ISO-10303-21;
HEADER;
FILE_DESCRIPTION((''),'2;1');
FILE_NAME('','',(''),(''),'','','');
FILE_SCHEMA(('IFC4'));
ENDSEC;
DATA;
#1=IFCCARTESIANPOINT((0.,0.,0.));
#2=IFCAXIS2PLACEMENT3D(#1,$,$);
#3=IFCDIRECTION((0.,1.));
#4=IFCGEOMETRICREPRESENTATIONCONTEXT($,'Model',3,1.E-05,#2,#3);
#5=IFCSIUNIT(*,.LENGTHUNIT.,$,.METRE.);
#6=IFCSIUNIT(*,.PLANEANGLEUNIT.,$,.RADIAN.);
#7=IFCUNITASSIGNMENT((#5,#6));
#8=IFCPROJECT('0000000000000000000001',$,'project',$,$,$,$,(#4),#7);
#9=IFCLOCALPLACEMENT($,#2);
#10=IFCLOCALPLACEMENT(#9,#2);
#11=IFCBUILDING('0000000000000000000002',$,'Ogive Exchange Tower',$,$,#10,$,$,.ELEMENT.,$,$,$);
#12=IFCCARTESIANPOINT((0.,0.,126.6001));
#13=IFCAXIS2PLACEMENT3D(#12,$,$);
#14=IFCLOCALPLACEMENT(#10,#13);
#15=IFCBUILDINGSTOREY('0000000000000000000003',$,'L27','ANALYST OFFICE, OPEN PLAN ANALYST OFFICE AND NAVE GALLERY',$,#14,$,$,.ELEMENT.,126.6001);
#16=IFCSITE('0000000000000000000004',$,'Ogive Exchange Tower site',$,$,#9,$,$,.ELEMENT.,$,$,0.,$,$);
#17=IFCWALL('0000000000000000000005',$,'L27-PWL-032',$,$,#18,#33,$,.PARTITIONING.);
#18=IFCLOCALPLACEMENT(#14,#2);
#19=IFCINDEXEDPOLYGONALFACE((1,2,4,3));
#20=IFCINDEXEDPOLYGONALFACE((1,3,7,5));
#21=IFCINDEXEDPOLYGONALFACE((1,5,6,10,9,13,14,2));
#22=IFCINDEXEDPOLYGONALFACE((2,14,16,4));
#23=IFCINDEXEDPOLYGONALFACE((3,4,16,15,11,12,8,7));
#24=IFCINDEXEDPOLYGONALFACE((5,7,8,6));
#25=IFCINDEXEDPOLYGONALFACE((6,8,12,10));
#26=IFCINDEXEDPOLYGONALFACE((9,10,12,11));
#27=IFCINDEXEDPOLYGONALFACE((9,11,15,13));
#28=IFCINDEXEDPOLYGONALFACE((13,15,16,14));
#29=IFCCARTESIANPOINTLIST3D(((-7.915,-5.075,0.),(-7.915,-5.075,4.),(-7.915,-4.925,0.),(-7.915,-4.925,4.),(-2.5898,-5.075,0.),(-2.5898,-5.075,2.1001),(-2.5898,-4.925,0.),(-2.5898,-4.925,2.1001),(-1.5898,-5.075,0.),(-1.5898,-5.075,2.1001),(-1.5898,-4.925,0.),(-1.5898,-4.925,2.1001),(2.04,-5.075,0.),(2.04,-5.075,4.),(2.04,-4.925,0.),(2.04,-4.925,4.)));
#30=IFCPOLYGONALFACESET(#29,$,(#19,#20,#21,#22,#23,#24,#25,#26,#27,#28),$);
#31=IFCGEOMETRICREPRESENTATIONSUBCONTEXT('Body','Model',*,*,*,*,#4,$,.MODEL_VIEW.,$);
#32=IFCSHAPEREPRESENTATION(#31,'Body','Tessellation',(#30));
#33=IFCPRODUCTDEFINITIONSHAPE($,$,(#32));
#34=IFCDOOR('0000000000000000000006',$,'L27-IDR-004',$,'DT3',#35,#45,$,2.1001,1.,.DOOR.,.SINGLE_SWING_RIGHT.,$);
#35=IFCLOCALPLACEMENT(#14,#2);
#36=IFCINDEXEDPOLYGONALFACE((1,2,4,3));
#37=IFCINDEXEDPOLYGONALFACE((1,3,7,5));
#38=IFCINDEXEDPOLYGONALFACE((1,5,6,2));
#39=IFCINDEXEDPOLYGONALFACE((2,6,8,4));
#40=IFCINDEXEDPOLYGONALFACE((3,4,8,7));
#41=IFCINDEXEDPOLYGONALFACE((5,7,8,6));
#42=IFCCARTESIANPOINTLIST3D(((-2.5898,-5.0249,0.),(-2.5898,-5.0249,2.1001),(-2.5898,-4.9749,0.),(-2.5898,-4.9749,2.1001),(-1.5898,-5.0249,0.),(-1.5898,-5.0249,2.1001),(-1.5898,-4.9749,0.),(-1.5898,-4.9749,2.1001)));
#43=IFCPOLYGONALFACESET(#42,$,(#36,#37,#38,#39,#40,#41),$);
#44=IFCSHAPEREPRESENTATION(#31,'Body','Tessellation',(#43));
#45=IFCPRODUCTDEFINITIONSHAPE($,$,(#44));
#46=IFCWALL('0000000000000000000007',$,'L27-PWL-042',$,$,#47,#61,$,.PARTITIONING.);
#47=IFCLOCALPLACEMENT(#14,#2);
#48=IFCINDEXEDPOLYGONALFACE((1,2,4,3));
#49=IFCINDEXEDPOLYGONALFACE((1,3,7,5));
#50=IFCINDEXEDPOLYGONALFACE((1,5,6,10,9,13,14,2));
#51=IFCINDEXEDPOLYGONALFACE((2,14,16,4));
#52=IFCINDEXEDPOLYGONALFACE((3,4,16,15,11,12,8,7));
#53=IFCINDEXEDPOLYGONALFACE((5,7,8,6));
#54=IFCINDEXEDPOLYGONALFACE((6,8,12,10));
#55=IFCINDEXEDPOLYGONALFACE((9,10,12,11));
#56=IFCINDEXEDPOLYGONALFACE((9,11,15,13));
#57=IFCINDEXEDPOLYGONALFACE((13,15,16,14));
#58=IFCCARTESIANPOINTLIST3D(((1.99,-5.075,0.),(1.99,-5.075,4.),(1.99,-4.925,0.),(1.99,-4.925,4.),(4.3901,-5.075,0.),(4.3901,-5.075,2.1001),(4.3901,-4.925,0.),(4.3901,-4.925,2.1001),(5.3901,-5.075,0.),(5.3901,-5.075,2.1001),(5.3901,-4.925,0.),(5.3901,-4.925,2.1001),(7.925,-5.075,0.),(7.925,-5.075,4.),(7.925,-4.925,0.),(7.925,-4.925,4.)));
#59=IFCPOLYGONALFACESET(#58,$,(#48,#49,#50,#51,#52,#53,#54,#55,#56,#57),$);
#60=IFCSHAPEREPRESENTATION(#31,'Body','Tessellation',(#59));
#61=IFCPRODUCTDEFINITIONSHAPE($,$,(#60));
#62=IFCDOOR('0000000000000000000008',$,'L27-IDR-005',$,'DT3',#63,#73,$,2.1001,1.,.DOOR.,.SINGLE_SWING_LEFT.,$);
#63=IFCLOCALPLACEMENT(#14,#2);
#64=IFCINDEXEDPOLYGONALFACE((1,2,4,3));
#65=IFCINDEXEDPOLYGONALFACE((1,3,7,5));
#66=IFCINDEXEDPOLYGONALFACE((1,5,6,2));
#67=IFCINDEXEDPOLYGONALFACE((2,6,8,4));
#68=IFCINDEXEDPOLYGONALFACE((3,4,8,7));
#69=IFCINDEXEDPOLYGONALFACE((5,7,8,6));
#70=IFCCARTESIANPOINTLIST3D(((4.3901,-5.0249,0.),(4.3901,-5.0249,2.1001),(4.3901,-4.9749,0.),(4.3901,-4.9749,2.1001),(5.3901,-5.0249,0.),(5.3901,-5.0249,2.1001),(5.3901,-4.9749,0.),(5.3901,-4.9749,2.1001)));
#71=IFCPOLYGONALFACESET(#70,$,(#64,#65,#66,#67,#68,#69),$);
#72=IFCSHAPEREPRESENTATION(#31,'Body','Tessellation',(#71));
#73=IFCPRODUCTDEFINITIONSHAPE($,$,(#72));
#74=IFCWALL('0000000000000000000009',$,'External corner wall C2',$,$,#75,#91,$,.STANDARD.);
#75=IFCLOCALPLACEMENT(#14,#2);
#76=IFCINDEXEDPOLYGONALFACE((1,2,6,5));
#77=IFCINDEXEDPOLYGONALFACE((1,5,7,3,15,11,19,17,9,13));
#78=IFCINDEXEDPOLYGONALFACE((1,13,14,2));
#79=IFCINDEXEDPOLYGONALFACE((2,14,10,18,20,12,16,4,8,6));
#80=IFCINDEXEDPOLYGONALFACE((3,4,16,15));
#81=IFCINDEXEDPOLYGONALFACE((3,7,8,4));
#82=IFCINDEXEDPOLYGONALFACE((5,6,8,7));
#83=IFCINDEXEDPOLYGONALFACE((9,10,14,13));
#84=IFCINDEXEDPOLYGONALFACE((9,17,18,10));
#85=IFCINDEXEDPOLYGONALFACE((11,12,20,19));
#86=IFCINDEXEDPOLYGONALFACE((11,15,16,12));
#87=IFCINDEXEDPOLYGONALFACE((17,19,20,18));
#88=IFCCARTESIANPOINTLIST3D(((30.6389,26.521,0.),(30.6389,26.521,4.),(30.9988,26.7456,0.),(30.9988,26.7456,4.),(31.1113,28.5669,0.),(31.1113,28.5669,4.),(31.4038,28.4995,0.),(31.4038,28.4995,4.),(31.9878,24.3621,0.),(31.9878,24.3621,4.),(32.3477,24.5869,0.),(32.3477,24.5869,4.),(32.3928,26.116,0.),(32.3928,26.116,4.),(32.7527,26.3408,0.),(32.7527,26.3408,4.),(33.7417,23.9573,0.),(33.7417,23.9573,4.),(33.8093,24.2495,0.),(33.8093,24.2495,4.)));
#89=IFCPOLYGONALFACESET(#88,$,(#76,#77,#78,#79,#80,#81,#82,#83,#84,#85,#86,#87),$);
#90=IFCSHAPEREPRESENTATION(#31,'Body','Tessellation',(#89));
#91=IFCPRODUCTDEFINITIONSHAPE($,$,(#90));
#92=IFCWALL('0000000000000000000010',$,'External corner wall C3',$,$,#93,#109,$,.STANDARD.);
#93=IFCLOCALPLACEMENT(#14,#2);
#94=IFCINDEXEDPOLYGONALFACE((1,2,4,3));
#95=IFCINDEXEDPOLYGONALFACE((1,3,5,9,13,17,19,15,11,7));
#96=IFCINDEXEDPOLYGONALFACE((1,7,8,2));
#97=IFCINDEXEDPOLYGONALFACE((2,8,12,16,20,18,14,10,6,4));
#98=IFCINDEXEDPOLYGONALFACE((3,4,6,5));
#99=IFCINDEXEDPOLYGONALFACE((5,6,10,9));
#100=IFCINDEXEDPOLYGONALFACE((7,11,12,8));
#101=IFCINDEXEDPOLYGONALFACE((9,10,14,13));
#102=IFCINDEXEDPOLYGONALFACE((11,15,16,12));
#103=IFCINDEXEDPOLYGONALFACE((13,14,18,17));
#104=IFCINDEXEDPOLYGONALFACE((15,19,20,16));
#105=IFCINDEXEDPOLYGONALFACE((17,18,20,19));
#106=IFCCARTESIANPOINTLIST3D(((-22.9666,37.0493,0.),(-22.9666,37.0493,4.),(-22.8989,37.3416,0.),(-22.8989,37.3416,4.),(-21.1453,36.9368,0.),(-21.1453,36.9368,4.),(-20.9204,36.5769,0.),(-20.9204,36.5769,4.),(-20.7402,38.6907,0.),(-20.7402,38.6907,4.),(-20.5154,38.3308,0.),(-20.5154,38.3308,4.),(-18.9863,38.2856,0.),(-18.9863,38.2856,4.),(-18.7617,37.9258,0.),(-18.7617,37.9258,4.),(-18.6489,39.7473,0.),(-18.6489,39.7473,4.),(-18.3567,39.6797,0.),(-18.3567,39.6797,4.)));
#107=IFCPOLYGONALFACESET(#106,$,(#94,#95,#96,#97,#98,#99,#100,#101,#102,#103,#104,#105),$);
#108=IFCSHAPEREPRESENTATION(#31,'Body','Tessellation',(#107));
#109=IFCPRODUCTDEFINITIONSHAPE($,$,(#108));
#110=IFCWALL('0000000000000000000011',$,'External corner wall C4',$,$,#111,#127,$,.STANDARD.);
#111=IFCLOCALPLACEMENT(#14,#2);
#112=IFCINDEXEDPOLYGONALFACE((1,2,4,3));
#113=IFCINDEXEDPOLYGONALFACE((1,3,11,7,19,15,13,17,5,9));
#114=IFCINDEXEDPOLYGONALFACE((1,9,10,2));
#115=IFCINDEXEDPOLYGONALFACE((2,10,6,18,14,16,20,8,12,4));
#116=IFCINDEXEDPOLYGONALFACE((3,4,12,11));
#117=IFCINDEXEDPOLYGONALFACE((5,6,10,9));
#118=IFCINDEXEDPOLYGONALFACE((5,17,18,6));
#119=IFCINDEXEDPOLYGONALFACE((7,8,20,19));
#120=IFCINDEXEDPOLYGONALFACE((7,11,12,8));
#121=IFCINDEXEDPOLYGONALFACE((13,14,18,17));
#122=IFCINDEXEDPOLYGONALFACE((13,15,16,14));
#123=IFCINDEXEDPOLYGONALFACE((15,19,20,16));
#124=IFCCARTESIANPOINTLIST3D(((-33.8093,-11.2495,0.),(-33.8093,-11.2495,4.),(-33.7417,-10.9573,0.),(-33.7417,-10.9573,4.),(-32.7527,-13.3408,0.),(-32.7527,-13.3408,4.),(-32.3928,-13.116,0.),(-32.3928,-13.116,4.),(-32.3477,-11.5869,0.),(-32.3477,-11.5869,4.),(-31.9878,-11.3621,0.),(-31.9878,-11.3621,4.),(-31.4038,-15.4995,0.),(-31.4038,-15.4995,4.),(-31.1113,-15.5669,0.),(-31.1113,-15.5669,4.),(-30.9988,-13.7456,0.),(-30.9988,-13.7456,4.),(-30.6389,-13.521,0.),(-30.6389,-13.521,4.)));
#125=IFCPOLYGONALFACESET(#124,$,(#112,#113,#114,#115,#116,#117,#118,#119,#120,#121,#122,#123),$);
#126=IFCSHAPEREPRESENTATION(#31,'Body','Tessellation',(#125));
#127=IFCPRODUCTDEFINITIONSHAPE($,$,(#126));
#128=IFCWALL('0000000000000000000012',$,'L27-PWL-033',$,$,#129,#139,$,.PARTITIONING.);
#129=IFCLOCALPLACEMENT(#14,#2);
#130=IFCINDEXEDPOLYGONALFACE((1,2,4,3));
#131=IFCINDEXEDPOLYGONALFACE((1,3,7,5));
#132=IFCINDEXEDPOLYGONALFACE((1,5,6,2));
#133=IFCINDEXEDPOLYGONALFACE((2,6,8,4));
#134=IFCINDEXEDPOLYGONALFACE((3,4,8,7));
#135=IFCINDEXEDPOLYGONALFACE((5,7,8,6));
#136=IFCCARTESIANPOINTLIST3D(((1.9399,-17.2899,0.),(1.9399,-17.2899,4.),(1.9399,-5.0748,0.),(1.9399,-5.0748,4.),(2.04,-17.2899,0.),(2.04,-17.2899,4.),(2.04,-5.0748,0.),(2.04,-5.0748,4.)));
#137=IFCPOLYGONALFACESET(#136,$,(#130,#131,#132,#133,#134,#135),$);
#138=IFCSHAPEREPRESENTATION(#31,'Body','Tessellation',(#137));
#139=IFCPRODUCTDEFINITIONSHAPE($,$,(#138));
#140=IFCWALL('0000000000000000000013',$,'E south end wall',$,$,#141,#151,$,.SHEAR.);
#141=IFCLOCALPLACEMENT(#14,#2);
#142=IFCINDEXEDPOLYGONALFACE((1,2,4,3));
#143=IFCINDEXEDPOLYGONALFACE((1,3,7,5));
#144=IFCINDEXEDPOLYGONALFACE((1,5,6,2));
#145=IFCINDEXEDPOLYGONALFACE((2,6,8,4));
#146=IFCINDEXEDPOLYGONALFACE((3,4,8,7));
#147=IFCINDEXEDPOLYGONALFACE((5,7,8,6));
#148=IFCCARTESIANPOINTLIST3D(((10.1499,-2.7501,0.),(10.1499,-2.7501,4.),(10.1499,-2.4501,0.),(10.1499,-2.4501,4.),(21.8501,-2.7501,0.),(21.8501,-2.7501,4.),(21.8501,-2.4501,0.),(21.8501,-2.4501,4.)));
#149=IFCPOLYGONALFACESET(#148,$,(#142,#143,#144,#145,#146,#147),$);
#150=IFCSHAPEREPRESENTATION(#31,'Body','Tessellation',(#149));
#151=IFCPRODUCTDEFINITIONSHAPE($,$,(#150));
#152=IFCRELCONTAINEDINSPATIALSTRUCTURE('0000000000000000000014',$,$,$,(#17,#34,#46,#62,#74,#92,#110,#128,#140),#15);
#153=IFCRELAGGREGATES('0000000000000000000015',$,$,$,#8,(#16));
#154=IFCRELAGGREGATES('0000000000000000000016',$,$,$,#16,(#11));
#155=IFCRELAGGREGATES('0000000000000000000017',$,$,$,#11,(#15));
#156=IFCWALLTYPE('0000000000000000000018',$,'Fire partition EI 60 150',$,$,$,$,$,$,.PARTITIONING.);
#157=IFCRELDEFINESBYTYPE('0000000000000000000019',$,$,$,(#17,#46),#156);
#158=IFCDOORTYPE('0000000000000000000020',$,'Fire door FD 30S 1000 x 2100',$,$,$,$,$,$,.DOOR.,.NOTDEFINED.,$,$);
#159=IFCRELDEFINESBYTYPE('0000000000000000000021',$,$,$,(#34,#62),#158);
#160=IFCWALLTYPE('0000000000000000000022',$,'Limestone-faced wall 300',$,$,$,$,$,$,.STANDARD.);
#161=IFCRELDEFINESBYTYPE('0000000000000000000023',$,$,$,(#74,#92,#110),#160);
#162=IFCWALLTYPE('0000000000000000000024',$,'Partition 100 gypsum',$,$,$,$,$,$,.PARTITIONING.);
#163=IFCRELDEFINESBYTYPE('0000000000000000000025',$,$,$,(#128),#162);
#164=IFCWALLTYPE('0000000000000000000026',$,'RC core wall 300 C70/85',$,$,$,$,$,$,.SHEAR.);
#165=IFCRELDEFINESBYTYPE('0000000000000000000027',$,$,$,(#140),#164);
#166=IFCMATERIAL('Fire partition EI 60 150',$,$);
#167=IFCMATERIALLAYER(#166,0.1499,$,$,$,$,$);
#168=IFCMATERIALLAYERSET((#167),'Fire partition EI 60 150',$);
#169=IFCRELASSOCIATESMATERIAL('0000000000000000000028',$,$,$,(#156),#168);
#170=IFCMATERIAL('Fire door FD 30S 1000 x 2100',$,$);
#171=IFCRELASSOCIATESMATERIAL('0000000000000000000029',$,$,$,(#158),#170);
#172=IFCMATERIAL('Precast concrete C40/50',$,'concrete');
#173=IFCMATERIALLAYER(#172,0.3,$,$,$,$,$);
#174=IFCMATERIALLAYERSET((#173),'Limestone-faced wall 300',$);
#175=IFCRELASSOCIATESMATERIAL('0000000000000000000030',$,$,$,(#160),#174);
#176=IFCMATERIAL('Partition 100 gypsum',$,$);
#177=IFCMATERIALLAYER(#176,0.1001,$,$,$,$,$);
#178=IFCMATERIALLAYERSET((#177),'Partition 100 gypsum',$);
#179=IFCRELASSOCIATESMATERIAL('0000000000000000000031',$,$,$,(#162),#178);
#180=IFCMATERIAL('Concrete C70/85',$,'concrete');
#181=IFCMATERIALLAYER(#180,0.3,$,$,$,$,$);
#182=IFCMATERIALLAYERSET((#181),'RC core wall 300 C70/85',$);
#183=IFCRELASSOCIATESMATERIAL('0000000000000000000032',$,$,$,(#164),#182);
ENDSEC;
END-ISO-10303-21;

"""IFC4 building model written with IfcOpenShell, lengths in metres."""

from ifc_helpers import new_model, si_unit, direction, frame, frame_2d, origin, place, context, subcontext, project, spatial, polyline, rectangle, outline, extrude, material, layer, layer_set, type_object, element, fill, save


model = new_model("IFC4")

# Units and contexts
model_context = context("Model", 3, precision=1e-05, world=origin(), true_north=direction((0.0, 1.0)))
body_context = subcontext(model_context, "Body", "Model", "MODEL_VIEW")
ifc_project = project(units=[si_unit("LENGTHUNIT", "METRE"), si_unit("PLANEANGLEUNIT", "RADIAN")], contexts=[model_context])

# Site, building, storey
site_placement = place(None, origin())
site = spatial("IfcSite", under=ifc_project, at=site_placement, Name="Ogive Exchange Tower site", CompositionType="ELEMENT", RefElevation=0.0)
building_placement = place(site_placement, origin())
building = spatial("IfcBuilding", under=site, at=building_placement, Name="Ogive Exchange Tower", CompositionType="ELEMENT")
storey_placement = place(building_placement, frame((0.0, 0.0, 126.6001)))
storey = spatial("IfcBuildingStorey", under=building, at=storey_placement, Name="L27", Description="ANALYST OFFICE, OPEN PLAN ANALYST OFFICE AND NAVE GALLERY", CompositionType="ELEMENT", Elevation=126.6001)

# Shared definitions
ifc_material_1 = material(Name="Concrete C70/85", Category="concrete")

# Walls, openings, doors
ifc_material_2 = material(Name="Fire partition EI 60 150")
ifc_layer_1 = layer(ifc_material_2, 0.1499)
ifc_layer_set_1 = layer_set([ifc_layer_1], Name="Fire partition EI 60 150")
wall_type_1 = type_object("IfcWallType", Name="Fire partition EI 60 150", PredefinedType="PARTITIONING", material=ifc_layer_set_1)
wall_1_placement = place(storey_placement, frame((2.04, -5.0, 0.0), z_axis=(0.0, 0.0, 1.0), x_axis=(-1.0, 0.0, 0.0)))
wall_1 = element("IfcWall", 1, at=wall_1_placement, inside=storey, type_object=wall_type_1, Name="L27-PWL-032", PredefinedType="PARTITIONING", context=body_context, shape_type="SweptSolid", body=[
    extrude(rectangle(XDim=9.9551, YDim=0.1499, at=frame_2d((4.9775, 0.0))), origin(), (0.0, 0.0, 1.0), 4.0),
])
opening_1_placement = place(wall_1_placement, frame((3.6299, 0.0, 0.0)))
opening_1 = element("IfcOpeningElement", 2, at=opening_1_placement, cuts=wall_1, PredefinedType="OPENING", context=body_context, shape_type="SweptSolid", body=[
    extrude(rectangle(XDim=1.0, YDim=2.1001, at=frame_2d((0.5, 1.05))), frame((0.0, 0.085, 0.0), z_axis=(0.0, -1.0, 0.0), x_axis=(1.0, 0.0, 0.0)), (0.0, 0.0, 1.0), 0.1699),
])
ifc_material_3 = material(Name="Fire door FD 30S 1000 x 2100")
door_type_1 = type_object("IfcDoorType", Name="Fire door FD 30S 1000 x 2100", OperationType="NOTDEFINED", PredefinedType="DOOR", material=ifc_material_3)
door_1_placement = place(opening_1_placement, origin())
door_1 = element("IfcDoor", 3, at=door_1_placement, inside=storey, type_object=door_type_1, Name="L27-IDR-004", ObjectType="DT3", OperationType="SINGLE_SWING_RIGHT", OverallHeight=2.1001, OverallWidth=1.0, PredefinedType="DOOR", context=body_context, shape_type="SweptSolid", body=[
    extrude(rectangle(XDim=1.0, YDim=2.1001, at=frame_2d((0.5, 1.05))), frame((0.0, 0.0249, 0.0), z_axis=(0.0, -1.0, 0.0), x_axis=(1.0, 0.0, 0.0)), (0.0, 0.0, 1.0), 0.05),
])
fill(opening_1, door_1)
wall_2_placement = place(storey_placement, frame((7.925, -5.0, 0.0), z_axis=(0.0, 0.0, 1.0), x_axis=(-1.0, 0.0, 0.0)))
wall_2 = element("IfcWall", 4, at=wall_2_placement, inside=storey, type_object=wall_type_1, Name="L27-PWL-042", PredefinedType="PARTITIONING", context=body_context, shape_type="SweptSolid", body=[
    extrude(rectangle(XDim=5.9351, YDim=0.1499, at=frame_2d((2.9675, 0.0))), origin(), (0.0, 0.0, 1.0), 4.0),
])
opening_2_placement = place(wall_2_placement, frame((2.5349, 0.0, 0.0)))
opening_2 = element("IfcOpeningElement", 5, at=opening_2_placement, cuts=wall_2, PredefinedType="OPENING", context=body_context, shape_type="SweptSolid", body=[
    extrude(rectangle(XDim=1.0, YDim=2.1001, at=frame_2d((0.5, 1.05))), frame((0.0, 0.085, 0.0), z_axis=(0.0, -1.0, 0.0), x_axis=(1.0, 0.0, 0.0)), (0.0, 0.0, 1.0), 0.1699),
])
door_2_placement = place(opening_2_placement, origin())
door_2 = element("IfcDoor", 6, at=door_2_placement, inside=storey, type_object=door_type_1, Name="L27-IDR-005", ObjectType="DT3", OperationType="SINGLE_SWING_LEFT", OverallHeight=2.1001, OverallWidth=1.0, PredefinedType="DOOR", context=body_context, shape_type="SweptSolid", body=[
    extrude(rectangle(XDim=1.0, YDim=2.1001, at=frame_2d((0.5, 1.05))), frame((0.0, 0.0249, 0.0), z_axis=(0.0, -1.0, 0.0), x_axis=(1.0, 0.0, 0.0)), (0.0, 0.0, 1.0), 0.05),
])
fill(opening_2, door_2)

# Walls
ifc_material_4 = material(Name="Precast concrete C40/50", Category="concrete")
ifc_layer_2 = layer(ifc_material_4, 0.3)
ifc_layer_set_2 = layer_set([ifc_layer_2], Name="Limestone-faced wall 300")
wall_type_2 = type_object("IfcWallType", Name="Limestone-faced wall 300", PredefinedType="STANDARD", material=ifc_layer_set_2)
wall_3_placement = place(storey_placement, origin())
element("IfcWall", 7, at=wall_3_placement, inside=storey, type_object=wall_type_2, Name="External corner wall C2", PredefinedType="STANDARD", context=body_context, shape_type="SweptSolid", body=[
    extrude(outline(polyline([(32.3928, 26.116), (30.6389, 26.521), (31.1113, 28.5669), (31.4038, 28.4995), (30.9988, 26.7456), (32.7527, 26.3408), (32.3477, 24.5869), (33.8093, 24.2495), (33.7417, 23.9573), (31.9878, 24.3621), (32.3928, 26.116)])), origin(), (0.0, 0.0, 1.0), 4.0),
])
wall_4_placement = place(storey_placement, origin())
element("IfcWall", 8, at=wall_4_placement, inside=storey, type_object=wall_type_2, Name="External corner wall C3", PredefinedType="STANDARD", context=body_context, shape_type="SweptSolid", body=[
    extrude(outline(polyline([(-22.9666, 37.0493), (-22.8989, 37.3416), (-21.1453, 36.9368), (-20.7402, 38.6907), (-18.9863, 38.2856), (-18.6489, 39.7473), (-18.3567, 39.6797), (-18.7617, 37.9258), (-20.5154, 38.3308), (-20.9204, 36.5769), (-22.9666, 37.0493)])), origin(), (0.0, 0.0, 1.0), 4.0),
])
wall_5_placement = place(storey_placement, origin())
element("IfcWall", 9, at=wall_5_placement, inside=storey, type_object=wall_type_2, Name="External corner wall C4", PredefinedType="STANDARD", context=body_context, shape_type="SweptSolid", body=[
    extrude(outline(polyline([(-32.3928, -13.116), (-30.6389, -13.521), (-31.1113, -15.5669), (-31.4038, -15.4995), (-30.9988, -13.7456), (-32.7527, -13.3408), (-32.3477, -11.5869), (-33.8093, -11.2495), (-33.7417, -10.9573), (-31.9878, -11.3621), (-32.3928, -13.116)])), origin(), (0.0, 0.0, 1.0), 4.0),
])
ifc_material_5 = material(Name="Partition 100 gypsum")
ifc_layer_3 = layer(ifc_material_5, 0.1001)
ifc_layer_set_3 = layer_set([ifc_layer_3], Name="Partition 100 gypsum")
wall_type_3 = type_object("IfcWallType", Name="Partition 100 gypsum", PredefinedType="PARTITIONING", material=ifc_layer_set_3)
wall_6_placement = place(storey_placement, frame((1.99, -5.075, 0.0), z_axis=(0.0, 0.0, 1.0), x_axis=(0.0, -1.0, 0.0)))
element("IfcWall", 10, at=wall_6_placement, inside=storey, type_object=wall_type_3, Name="L27-PWL-033", PredefinedType="PARTITIONING", context=body_context, shape_type="SweptSolid", body=[
    extrude(rectangle(XDim=12.2151, YDim=0.1001, at=frame_2d((6.1074, 0.0))), origin(), (0.0, 0.0, 1.0), 4.0),
])
ifc_layer_4 = layer(ifc_material_1, 0.3)
ifc_layer_set_4 = layer_set([ifc_layer_4], Name="RC core wall 300 C70/85")
wall_type_4 = type_object("IfcWallType", Name="RC core wall 300 C70/85", PredefinedType="SHEAR", material=ifc_layer_set_4)
wall_7_placement = place(storey_placement, frame((10.1499, -2.6001, 0.0), z_axis=(0.0, 0.0, 1.0), x_axis=(1.0, 0.0, 0.0)))
element("IfcWall", 11, at=wall_7_placement, inside=storey, type_object=wall_type_4, Name="E south end wall", PredefinedType="SHEAR", context=body_context, shape_type="SweptSolid", body=[
    extrude(rectangle(XDim=11.7002, YDim=0.3, at=frame_2d((5.8501, 0.0))), origin(), (0.0, 0.0, 1.0), 4.0),
])

save(model, "model.ifc")
